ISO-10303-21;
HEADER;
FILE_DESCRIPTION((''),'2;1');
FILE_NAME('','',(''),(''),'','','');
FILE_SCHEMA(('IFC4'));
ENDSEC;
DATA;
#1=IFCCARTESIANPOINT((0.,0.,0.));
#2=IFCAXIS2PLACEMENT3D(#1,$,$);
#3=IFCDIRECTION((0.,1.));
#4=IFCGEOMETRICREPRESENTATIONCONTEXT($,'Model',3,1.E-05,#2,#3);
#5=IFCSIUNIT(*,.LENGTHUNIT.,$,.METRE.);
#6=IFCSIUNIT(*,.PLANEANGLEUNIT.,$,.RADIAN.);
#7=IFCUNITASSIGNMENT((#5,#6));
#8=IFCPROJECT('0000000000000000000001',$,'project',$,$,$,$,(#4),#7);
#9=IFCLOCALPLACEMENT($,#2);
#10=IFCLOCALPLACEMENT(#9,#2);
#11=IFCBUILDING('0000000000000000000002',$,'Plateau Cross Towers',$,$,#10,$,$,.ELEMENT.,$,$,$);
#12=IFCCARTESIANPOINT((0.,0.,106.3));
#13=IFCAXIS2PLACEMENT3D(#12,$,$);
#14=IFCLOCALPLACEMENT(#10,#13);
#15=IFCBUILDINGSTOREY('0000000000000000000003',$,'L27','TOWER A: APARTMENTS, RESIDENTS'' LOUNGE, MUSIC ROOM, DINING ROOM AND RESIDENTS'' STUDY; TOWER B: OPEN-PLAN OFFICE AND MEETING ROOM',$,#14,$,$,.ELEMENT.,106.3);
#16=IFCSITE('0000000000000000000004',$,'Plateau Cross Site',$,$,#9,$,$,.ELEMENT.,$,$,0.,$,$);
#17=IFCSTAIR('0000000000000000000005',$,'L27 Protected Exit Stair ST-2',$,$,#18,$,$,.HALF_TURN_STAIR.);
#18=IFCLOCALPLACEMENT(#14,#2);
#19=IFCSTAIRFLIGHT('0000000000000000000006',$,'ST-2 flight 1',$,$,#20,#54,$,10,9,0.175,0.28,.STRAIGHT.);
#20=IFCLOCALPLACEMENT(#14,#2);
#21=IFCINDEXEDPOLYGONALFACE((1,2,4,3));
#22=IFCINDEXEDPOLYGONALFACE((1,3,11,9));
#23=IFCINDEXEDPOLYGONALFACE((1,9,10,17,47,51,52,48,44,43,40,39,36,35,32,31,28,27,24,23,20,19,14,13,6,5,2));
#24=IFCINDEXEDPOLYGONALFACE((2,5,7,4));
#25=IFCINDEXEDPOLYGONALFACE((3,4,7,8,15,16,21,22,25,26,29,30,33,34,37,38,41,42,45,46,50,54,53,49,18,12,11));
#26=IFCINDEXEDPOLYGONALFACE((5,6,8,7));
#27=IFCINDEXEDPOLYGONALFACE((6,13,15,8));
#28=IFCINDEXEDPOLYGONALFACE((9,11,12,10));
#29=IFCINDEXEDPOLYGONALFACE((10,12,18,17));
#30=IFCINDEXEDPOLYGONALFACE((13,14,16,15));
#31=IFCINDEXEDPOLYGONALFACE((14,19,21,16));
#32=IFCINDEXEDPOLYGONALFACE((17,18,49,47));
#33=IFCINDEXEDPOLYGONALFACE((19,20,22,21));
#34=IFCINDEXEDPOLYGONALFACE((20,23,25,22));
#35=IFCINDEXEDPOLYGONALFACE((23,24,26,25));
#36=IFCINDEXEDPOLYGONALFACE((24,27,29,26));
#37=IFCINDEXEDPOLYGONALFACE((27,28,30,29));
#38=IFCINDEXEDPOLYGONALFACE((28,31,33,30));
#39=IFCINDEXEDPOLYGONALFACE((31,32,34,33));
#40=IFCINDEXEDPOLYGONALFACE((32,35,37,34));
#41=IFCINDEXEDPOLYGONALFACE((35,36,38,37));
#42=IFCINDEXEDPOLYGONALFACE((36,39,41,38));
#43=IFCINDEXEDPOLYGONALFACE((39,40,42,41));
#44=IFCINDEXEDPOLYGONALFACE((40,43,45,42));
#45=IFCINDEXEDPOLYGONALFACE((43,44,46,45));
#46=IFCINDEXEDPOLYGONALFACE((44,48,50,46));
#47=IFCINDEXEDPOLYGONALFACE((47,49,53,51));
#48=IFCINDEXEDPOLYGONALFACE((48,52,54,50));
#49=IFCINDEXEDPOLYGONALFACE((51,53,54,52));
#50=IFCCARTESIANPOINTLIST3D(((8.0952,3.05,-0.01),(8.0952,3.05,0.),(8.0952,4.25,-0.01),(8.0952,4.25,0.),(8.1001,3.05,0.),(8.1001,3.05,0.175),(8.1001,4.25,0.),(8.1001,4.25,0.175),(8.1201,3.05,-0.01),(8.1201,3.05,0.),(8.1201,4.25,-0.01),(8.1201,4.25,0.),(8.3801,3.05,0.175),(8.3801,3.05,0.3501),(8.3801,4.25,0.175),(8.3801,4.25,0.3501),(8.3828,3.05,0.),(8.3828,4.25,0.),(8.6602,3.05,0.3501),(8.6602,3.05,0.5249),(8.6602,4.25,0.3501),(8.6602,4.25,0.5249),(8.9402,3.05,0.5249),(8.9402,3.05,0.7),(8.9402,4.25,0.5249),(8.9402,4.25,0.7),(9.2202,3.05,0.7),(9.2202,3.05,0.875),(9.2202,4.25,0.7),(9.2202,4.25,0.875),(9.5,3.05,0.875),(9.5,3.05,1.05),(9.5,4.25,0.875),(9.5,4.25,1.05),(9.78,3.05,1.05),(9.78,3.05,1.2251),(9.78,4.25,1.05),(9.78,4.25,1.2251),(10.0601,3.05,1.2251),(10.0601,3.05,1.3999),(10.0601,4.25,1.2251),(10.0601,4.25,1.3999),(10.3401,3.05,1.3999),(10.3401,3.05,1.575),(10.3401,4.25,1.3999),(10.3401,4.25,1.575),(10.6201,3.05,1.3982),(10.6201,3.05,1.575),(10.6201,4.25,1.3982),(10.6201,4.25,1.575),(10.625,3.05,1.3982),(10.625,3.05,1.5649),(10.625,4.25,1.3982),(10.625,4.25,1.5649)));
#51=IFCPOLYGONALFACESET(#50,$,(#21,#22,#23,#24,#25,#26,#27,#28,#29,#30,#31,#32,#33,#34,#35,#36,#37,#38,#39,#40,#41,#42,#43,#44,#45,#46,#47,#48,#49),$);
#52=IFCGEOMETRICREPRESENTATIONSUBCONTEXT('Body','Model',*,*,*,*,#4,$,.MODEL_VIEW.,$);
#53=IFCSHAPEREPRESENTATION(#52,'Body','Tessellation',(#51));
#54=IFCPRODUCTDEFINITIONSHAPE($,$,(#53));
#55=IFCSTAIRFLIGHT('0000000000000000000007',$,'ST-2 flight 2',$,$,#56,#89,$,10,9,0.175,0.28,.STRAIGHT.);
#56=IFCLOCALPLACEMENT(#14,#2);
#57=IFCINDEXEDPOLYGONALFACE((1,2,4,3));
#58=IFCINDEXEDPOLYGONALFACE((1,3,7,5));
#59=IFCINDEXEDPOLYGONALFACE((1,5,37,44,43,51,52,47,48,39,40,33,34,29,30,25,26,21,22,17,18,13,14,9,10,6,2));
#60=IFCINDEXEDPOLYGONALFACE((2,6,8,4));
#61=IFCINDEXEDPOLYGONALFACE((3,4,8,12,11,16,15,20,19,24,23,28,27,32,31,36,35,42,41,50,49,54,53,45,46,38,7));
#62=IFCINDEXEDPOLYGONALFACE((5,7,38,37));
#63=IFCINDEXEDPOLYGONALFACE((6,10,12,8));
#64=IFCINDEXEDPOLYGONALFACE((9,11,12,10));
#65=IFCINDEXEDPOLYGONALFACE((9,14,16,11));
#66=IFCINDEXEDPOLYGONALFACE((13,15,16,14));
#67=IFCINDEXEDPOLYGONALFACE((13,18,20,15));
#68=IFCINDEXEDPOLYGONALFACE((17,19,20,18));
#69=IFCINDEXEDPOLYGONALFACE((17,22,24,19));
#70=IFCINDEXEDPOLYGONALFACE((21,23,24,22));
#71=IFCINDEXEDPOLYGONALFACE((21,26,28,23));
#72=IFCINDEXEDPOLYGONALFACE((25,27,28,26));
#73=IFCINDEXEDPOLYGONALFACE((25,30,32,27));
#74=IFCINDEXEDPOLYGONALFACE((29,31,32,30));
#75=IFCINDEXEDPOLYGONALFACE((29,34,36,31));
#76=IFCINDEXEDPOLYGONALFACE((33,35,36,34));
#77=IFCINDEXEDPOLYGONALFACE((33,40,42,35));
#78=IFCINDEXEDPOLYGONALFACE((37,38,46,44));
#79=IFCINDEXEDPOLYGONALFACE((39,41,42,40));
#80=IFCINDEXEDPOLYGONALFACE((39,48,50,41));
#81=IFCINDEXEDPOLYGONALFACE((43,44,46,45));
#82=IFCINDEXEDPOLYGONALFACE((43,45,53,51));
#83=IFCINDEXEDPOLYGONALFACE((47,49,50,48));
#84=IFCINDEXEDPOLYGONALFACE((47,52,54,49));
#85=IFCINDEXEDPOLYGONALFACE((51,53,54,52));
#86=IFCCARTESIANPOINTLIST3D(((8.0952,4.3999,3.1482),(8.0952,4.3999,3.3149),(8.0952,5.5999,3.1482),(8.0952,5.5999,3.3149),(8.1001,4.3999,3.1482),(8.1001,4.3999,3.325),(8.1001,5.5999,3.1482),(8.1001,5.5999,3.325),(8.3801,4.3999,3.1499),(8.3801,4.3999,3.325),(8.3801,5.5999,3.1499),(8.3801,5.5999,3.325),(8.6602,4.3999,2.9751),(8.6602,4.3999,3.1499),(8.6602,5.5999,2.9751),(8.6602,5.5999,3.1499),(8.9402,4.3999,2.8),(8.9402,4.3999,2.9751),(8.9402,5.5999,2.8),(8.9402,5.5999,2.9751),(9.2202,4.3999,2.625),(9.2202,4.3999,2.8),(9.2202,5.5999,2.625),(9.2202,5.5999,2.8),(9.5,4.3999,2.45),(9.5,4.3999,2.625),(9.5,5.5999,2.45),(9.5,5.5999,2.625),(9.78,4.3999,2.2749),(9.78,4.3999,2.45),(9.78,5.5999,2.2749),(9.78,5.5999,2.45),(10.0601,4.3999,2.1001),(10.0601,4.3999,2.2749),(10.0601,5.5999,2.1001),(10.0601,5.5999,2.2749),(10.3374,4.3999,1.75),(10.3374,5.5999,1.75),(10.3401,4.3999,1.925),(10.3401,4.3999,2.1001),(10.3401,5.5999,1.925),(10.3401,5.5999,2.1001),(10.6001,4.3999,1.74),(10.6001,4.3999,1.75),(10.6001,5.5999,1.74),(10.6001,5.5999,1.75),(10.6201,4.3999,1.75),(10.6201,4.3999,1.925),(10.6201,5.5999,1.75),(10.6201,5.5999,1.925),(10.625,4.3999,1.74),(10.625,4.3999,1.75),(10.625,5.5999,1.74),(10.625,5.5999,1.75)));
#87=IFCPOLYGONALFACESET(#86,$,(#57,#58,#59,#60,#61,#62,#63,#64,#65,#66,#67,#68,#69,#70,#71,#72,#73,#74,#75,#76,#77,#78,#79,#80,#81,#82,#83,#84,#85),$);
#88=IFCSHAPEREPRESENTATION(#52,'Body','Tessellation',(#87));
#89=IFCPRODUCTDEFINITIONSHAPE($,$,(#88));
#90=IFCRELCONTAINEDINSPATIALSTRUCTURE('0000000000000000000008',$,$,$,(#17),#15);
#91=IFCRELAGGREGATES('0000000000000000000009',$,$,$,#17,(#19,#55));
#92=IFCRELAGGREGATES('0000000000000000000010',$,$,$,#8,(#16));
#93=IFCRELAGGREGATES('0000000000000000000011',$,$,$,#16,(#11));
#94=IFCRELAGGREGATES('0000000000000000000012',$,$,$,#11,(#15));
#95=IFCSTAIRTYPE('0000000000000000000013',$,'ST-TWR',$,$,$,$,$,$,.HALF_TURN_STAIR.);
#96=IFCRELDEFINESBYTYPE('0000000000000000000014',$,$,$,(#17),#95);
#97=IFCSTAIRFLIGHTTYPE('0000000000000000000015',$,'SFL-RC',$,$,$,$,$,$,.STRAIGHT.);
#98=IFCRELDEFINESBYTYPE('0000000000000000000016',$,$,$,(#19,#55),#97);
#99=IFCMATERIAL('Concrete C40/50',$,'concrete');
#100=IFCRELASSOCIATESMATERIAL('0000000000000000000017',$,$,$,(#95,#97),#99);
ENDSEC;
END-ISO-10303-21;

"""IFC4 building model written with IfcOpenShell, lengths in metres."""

from ifc_helpers import new_model, si_unit, direction, frame, origin, place, context, subcontext, project, spatial, polyline, outline, extrude, material, type_object, element, aggregate, save


model = new_model("IFC4")

# Units and contexts
model_context = context("Model", 3, precision=1e-05, world=origin(), true_north=direction((0.0, 1.0)))
body_context = subcontext(model_context, "Body", "Model", "MODEL_VIEW")
ifc_project = project(units=[si_unit("LENGTHUNIT", "METRE"), si_unit("PLANEANGLEUNIT", "RADIAN")], contexts=[model_context])

# Site, building, storey
site_placement = place(None, origin())
site = spatial("IfcSite", under=ifc_project, at=site_placement, Name="Plateau Cross Site", CompositionType="ELEMENT", RefElevation=0.0)
building_placement = place(site_placement, origin())
building = spatial("IfcBuilding", under=site, at=building_placement, Name="Plateau Cross Towers", CompositionType="ELEMENT")
storey_placement = place(building_placement, frame((0.0, 0.0, 106.3)))
storey = spatial("IfcBuildingStorey", under=building, at=storey_placement, Name="L27", Description="TOWER A: APARTMENTS, RESIDENTS' LOUNGE, MUSIC ROOM, DINING ROOM AND RESIDENTS' STUDY; TOWER B: OPEN-PLAN OFFICE AND MEETING ROOM", CompositionType="ELEMENT", Elevation=106.3)

# Stair, stair flights
ifc_material_1 = material(Name="Concrete C40/50", Category="concrete")
stair_type = type_object("IfcStairType", Name="ST-TWR", PredefinedType="HALF_TURN_STAIR", material=ifc_material_1)
stair_placement = place(storey_placement, origin())
stair = element("IfcStair", 1, at=stair_placement, inside=storey, type_object=stair_type, Name="L27 Protected Exit Stair ST-2", PredefinedType="HALF_TURN_STAIR")
stair_flight_type = type_object("IfcStairFlightType", Name="SFL-RC", PredefinedType="STRAIGHT", material=ifc_material_1)
stair_flight_1_placement = place(storey_placement, frame((8.1001, 3.6499, 0.0), z_axis=(0.0, 0.0, 1.0), x_axis=(1.0, 0.0, 0.0)))
stair_flight_1 = element("IfcStairFlight", 2, at=stair_flight_1_placement, type_object=stair_flight_type, Name="ST-2 flight 1", NumberOfRisers=10, NumberOfTreads=9, PredefinedType="STRAIGHT", RiserHeight=0.175, TreadLength=0.28, context=body_context, shape_type="SweptSolid", body=[
    extrude(outline(polyline([(-0.0049, -0.01), (-0.0049, 0.0), (0.0, 0.0), (0.0, 0.175), (0.28, 0.175), (0.28, 0.3501), (0.5601, 0.3501), (0.5601, 0.5249), (0.8401, 0.5249), (0.8401, 0.7), (1.1201, 0.7), (1.1201, 0.875), (1.3999, 0.875), (1.3999, 1.05), (1.6799, 1.05), (1.6799, 1.2251), (1.96, 1.2251), (1.96, 1.3999), (2.24, 1.3999), (2.24, 1.575), (2.52, 1.575), (2.5249, 1.5649), (2.5249, 1.3982), (2.52, 1.3982), (0.2827, 0.0), (0.02, 0.0), (0.02, -0.01), (-0.0049, -0.01)])), frame((0.0, 0.6001, 0.0), z_axis=(0.0, -1.0, 0.0), x_axis=(1.0, 0.0, 0.0)), (0.0, 0.0, 1.0), 1.2),
])
stair_flight_2_placement = place(storey_placement, frame((10.6201, 5.0, 1.75), z_axis=(0.0, 0.0, 1.0), x_axis=(-1.0, 0.0, 0.0)))
stair_flight_2 = element("IfcStairFlight", 3, at=stair_flight_2_placement, type_object=stair_flight_type, Name="ST-2 flight 2", NumberOfRisers=10, NumberOfTreads=9, PredefinedType="STRAIGHT", RiserHeight=0.175, TreadLength=0.28, context=body_context, shape_type="SweptSolid", body=[
    extrude(outline(polyline([(-0.0049, -0.01), (-0.0049, 0.0), (0.0, 0.0), (0.0, 0.175), (0.28, 0.175), (0.28, 0.3501), (0.5601, 0.3501), (0.5601, 0.5249), (0.8401, 0.5249), (0.8401, 0.7), (1.1201, 0.7), (1.1201, 0.875), (1.3999, 0.875), (1.3999, 1.05), (1.6799, 1.05), (1.6799, 1.2251), (1.96, 1.2251), (1.96, 1.3999), (2.24, 1.3999), (2.24, 1.575), (2.52, 1.575), (2.5249, 1.5649), (2.5249, 1.3982), (2.52, 1.3982), (0.2827, 0.0), (0.02, 0.0), (0.02, -0.01), (-0.0049, -0.01)])), frame((0.0, 0.6001, 0.0), z_axis=(0.0, -1.0, 0.0), x_axis=(1.0, 0.0, 0.0)), (0.0, 0.0, 1.0), 1.2),
])
aggregate(stair, [stair_flight_1, stair_flight_2])

save(model, "model.ifc")
